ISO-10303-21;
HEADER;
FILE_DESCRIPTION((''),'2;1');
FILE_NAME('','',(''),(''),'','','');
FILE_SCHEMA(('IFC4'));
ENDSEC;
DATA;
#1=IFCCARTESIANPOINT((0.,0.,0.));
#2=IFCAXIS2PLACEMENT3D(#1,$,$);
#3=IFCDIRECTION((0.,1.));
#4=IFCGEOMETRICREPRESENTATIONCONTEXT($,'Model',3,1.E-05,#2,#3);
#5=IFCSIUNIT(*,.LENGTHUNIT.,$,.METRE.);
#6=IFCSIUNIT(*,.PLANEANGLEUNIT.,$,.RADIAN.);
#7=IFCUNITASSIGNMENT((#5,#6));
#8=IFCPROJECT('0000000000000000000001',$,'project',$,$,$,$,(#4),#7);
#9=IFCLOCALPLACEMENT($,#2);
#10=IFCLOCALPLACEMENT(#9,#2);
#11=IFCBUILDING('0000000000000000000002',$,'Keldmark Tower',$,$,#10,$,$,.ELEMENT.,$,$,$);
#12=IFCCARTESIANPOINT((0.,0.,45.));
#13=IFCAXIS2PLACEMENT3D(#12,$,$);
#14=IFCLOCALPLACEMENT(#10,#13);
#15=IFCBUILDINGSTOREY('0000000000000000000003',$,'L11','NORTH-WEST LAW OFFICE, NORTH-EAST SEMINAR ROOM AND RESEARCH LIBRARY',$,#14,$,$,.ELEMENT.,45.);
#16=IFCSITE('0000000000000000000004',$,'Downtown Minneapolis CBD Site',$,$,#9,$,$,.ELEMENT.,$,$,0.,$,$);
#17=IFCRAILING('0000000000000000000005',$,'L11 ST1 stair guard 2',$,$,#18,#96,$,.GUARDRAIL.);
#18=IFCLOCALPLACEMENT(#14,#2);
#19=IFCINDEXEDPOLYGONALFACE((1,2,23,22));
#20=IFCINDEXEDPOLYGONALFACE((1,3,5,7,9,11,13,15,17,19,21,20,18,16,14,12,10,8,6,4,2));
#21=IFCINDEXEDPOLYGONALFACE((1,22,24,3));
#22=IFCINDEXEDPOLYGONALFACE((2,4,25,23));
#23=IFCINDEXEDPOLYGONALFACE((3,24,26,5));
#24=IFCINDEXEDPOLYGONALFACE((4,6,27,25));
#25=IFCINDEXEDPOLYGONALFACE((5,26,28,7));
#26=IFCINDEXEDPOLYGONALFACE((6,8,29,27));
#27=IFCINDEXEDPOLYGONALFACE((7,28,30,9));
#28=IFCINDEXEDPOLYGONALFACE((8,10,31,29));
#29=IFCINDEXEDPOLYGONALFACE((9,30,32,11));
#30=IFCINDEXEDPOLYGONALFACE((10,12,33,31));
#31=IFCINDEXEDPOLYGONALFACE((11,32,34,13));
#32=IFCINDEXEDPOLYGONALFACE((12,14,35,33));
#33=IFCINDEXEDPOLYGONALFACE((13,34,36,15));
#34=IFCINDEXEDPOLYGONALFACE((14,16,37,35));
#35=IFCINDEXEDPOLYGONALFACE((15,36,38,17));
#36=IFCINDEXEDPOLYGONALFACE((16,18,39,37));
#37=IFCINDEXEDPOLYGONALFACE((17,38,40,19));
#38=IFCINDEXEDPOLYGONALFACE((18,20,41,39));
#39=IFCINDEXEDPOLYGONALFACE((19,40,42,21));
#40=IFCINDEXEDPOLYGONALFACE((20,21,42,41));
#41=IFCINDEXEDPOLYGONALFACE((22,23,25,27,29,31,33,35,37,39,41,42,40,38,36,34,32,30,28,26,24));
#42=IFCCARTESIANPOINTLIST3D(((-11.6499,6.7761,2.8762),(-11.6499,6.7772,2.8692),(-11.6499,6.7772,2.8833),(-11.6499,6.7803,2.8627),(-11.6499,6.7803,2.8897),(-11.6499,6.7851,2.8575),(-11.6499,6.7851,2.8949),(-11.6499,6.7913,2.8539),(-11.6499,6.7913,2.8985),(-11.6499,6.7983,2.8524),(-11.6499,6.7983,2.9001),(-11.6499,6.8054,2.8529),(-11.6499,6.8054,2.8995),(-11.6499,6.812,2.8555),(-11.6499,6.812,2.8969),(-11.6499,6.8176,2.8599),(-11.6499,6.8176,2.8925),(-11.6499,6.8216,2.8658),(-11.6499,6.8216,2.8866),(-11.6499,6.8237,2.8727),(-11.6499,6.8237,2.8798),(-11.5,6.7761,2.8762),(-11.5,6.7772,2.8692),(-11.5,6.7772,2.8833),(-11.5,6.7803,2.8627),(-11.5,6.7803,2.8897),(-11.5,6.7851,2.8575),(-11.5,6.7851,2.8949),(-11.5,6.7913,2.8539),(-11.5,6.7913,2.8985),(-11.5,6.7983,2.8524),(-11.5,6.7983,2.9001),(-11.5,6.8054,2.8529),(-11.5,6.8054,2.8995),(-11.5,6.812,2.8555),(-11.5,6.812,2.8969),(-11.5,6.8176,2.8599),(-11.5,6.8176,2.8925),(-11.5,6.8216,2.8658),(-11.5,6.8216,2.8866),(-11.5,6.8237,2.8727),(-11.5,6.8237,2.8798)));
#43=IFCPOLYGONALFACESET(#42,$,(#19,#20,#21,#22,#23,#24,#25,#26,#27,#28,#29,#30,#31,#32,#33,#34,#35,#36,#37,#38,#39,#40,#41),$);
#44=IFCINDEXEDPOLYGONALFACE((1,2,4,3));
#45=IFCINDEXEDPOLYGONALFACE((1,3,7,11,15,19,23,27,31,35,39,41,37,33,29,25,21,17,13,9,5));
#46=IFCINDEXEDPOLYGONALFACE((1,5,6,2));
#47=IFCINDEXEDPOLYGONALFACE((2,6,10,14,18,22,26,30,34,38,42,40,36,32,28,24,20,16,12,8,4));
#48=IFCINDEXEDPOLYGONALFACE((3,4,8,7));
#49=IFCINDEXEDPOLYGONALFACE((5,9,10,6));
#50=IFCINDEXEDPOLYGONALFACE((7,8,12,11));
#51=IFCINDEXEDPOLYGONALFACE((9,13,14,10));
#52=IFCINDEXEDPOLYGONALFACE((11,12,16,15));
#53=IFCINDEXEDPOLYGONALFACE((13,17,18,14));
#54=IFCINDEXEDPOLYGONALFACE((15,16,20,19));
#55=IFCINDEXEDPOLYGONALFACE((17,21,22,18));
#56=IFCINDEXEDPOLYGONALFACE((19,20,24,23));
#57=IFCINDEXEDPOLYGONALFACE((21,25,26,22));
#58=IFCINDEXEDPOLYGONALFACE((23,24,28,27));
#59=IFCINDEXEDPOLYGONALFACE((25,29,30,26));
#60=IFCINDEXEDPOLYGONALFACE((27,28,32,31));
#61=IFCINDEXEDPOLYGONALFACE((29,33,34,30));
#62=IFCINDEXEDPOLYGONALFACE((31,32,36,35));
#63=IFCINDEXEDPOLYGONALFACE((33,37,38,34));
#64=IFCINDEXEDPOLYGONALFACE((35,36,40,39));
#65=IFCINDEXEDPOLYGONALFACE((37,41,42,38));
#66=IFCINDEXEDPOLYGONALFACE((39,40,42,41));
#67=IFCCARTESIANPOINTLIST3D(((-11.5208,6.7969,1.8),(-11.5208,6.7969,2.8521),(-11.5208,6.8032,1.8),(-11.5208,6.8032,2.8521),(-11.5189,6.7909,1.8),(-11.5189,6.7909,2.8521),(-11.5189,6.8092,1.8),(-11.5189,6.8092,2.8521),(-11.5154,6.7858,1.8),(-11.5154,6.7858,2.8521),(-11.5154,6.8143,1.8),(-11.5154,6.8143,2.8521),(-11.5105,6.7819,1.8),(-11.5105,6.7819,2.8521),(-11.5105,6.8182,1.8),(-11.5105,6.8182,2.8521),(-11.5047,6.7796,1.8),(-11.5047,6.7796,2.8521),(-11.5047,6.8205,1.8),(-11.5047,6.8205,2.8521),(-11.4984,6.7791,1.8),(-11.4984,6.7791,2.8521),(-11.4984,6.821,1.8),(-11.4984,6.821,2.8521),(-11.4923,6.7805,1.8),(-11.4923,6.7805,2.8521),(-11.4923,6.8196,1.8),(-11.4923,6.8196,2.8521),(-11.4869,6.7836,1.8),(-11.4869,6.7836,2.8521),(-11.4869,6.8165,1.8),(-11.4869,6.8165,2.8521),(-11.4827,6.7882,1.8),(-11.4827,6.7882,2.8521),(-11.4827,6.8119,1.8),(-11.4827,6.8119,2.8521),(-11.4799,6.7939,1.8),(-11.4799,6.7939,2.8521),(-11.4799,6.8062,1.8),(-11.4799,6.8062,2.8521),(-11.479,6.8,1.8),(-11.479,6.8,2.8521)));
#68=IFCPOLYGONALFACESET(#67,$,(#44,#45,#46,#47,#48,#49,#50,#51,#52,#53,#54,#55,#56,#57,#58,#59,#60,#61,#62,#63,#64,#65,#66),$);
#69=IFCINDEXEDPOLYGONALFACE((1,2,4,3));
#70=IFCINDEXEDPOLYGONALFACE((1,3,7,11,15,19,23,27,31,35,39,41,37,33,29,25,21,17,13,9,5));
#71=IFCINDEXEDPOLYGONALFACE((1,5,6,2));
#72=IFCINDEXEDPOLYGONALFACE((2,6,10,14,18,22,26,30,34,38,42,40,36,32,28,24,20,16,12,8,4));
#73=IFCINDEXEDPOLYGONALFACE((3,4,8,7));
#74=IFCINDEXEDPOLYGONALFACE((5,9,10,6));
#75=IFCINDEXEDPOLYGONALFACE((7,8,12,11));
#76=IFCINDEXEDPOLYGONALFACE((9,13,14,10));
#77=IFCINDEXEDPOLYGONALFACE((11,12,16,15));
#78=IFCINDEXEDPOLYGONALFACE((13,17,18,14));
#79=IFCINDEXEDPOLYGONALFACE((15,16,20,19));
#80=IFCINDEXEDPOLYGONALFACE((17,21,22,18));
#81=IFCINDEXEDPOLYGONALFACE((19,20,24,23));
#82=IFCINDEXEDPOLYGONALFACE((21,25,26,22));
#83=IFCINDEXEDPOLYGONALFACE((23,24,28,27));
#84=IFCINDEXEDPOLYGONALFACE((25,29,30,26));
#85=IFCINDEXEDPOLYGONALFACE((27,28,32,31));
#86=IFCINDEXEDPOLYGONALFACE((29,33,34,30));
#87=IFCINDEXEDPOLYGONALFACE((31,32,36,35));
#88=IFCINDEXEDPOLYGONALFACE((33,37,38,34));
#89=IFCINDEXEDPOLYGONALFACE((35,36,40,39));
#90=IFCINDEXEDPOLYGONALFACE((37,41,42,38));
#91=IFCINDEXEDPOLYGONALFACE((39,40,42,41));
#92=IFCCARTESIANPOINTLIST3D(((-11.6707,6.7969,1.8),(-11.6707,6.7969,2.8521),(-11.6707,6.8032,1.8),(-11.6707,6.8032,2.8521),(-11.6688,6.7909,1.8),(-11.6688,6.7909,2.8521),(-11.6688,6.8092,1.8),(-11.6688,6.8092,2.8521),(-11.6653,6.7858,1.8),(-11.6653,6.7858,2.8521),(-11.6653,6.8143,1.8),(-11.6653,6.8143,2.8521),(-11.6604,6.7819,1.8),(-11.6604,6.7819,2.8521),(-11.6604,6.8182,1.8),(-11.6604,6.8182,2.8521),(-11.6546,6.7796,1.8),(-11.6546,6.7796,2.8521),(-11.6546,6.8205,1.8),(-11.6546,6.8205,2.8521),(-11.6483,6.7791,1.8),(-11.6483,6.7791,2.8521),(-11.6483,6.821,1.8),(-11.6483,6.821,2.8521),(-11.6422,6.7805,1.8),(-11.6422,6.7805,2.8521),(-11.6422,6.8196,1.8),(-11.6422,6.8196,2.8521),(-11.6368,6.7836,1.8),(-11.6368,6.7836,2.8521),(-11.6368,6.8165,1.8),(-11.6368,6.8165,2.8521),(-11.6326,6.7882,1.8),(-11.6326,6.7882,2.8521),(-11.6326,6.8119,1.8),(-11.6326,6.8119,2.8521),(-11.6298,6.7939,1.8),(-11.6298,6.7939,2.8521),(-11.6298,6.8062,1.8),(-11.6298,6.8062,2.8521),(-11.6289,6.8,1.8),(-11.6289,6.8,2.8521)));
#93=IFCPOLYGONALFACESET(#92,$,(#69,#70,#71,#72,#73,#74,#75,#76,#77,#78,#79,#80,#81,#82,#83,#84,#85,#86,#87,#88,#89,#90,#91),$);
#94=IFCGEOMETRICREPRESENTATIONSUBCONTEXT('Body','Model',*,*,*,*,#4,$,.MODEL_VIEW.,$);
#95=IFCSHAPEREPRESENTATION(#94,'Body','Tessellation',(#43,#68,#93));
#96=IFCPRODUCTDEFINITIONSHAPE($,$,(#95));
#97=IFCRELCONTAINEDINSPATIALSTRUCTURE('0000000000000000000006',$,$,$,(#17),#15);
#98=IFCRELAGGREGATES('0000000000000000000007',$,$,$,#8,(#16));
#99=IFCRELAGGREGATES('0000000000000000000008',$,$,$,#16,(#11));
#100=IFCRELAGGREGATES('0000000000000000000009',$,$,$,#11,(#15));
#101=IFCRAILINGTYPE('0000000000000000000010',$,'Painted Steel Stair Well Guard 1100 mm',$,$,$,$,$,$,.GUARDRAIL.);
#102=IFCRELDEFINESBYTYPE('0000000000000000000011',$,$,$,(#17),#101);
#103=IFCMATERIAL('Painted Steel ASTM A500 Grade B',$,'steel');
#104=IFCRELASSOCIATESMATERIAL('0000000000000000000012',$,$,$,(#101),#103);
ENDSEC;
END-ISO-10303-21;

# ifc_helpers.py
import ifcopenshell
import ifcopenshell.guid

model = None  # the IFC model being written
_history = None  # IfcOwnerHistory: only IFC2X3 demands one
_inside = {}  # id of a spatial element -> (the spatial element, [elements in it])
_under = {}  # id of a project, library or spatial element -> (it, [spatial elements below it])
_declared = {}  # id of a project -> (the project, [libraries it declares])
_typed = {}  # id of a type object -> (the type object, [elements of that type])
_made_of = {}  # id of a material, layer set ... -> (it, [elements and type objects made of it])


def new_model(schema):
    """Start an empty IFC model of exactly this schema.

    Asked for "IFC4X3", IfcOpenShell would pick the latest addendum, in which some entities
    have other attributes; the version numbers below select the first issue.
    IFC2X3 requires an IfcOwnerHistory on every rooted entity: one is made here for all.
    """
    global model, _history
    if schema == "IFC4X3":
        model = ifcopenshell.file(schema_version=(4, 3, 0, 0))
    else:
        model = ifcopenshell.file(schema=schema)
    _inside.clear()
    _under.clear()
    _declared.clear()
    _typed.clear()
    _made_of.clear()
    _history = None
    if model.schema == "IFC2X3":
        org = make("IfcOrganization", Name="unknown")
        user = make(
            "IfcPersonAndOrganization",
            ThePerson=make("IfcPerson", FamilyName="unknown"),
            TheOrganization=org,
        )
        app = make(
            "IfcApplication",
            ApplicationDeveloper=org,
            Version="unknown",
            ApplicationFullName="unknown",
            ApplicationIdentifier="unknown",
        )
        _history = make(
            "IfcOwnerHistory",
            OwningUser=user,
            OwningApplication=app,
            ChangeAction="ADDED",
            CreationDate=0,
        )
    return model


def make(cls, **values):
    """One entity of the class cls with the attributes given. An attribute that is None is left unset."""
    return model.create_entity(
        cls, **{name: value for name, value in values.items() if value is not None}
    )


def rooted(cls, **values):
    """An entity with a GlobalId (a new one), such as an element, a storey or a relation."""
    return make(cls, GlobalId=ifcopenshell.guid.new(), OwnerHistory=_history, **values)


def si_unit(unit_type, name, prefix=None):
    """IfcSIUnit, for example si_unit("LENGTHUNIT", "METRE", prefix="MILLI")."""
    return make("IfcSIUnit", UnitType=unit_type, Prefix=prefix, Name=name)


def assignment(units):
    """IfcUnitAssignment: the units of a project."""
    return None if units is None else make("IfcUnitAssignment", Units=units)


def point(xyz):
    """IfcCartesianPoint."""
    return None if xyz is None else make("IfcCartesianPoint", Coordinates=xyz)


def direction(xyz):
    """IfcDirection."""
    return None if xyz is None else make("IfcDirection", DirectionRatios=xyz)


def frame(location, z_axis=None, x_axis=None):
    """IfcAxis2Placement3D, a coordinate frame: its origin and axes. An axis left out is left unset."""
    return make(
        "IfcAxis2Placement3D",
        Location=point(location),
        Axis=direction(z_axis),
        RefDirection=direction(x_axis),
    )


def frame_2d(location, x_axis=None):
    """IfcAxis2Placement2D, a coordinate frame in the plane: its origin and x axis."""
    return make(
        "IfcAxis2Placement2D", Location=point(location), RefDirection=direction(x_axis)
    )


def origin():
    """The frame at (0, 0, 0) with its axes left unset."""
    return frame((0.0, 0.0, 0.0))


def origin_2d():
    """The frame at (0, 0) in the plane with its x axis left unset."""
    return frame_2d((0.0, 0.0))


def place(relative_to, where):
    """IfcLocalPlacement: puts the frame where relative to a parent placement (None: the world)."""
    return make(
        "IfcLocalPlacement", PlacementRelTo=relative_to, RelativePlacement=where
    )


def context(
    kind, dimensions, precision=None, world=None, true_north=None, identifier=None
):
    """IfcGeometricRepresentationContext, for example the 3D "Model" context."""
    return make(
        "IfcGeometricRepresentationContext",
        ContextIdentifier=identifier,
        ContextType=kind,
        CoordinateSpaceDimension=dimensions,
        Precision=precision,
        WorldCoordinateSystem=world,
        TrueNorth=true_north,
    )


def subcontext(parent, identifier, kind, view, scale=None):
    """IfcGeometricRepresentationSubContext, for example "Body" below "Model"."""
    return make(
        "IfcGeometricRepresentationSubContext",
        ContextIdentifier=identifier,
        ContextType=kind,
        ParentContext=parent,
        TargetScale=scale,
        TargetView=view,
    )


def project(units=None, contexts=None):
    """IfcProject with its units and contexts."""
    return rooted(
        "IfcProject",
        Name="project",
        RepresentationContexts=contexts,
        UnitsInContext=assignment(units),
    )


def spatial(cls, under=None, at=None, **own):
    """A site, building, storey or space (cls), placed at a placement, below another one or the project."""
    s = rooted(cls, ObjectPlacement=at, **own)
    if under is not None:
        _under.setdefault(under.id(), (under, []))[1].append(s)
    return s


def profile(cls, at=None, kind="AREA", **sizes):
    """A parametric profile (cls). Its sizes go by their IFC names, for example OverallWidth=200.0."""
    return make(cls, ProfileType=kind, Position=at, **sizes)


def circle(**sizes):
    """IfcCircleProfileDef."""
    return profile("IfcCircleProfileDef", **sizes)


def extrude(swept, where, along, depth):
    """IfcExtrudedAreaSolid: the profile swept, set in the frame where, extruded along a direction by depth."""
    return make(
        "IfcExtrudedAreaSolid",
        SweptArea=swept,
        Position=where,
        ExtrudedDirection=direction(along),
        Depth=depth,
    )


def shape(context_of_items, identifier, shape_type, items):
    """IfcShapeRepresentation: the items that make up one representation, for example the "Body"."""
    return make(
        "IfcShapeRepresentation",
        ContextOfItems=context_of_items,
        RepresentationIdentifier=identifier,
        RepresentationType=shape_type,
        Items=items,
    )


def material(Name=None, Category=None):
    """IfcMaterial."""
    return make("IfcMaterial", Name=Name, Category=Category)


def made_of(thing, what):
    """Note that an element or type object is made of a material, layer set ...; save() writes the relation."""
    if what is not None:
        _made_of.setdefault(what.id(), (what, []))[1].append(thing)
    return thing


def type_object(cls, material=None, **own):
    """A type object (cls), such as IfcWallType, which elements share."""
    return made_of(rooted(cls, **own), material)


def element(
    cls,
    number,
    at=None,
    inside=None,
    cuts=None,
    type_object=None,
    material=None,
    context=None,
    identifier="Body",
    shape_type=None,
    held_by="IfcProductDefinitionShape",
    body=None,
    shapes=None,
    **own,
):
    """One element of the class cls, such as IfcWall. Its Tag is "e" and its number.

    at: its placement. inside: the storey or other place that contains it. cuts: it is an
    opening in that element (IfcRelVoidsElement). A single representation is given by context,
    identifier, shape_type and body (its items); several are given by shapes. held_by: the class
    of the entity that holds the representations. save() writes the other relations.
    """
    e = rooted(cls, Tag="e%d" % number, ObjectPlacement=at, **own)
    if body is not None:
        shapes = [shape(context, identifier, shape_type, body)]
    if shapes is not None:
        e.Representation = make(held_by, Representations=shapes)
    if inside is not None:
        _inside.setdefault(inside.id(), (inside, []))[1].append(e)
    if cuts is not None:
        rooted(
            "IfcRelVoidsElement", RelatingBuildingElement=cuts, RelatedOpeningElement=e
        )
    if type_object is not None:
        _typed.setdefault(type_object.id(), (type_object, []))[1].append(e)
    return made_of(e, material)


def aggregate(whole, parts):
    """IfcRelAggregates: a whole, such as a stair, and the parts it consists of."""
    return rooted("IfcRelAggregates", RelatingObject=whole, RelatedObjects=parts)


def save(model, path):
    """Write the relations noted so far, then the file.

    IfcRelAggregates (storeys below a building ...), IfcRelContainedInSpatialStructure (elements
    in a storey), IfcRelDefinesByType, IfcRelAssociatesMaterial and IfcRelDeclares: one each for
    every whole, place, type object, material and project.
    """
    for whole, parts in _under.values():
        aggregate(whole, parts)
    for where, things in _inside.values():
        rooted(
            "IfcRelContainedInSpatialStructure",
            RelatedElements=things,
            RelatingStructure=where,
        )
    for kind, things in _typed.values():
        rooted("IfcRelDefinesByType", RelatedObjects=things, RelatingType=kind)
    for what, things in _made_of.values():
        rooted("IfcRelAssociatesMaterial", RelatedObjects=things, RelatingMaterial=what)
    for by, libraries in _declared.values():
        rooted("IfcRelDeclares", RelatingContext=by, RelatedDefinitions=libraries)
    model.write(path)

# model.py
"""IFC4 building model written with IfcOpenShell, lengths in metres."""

from ifc_helpers import new_model, si_unit, direction, frame, origin, origin_2d, place, context, subcontext, project, spatial, circle, extrude, material, type_object, element, save


model = new_model("IFC4")

# Units and contexts
model_context = context("Model", 3, precision=1e-05, world=origin(), true_north=direction((0.0, 1.0)))
body_context = subcontext(model_context, "Body", "Model", "MODEL_VIEW")
ifc_project = project(units=[si_unit("LENGTHUNIT", "METRE"), si_unit("PLANEANGLEUNIT", "RADIAN")], contexts=[model_context])

# Site, building, storey
site_placement = place(None, origin())
site = spatial("IfcSite", under=ifc_project, at=site_placement, Name="Downtown Minneapolis CBD Site", CompositionType="ELEMENT", RefElevation=0.0)
building_placement = place(site_placement, origin())
building = spatial("IfcBuilding", under=site, at=building_placement, Name="Keldmark Tower", CompositionType="ELEMENT")
storey_placement = place(building_placement, frame((0.0, 0.0, 45.0)))
storey = spatial("IfcBuildingStorey", under=building, at=storey_placement, Name="L11", Description="NORTH-WEST LAW OFFICE, NORTH-EAST SEMINAR ROOM AND RESEARCH LIBRARY", CompositionType="ELEMENT", Elevation=45.0)

# Railing
ifc_material_1 = material(Name="Painted Steel ASTM A500 Grade B", Category="steel")
railing_type_1 = type_object("IfcRailingType", Name="Painted Steel Stair Well Guard 1100 mm", PredefinedType="GUARDRAIL", material=ifc_material_1)
railing_1_placement = place(storey_placement, frame((-11.5, 6.8, 1.8)))
element("IfcRailing", 1, at=railing_1_placement, inside=storey, type_object=railing_type_1, Name="L11 ST1 stair guard 2", PredefinedType="GUARDRAIL", context=body_context, shape_type="SweptSolid", body=[
    extrude(circle(Radius=0.0239, at=origin_2d()), frame((0.0, 0.0, 1.0762), z_axis=(-1.0, 0.0, 0.0), x_axis=(0.0, -1.0, 0.0)), (0.0, 0.0, 1.0), 0.1499),
    extrude(circle(Radius=0.021, at=origin_2d()), origin(), (0.0, 0.0, 1.0), 1.052),
    extrude(circle(Radius=0.021, at=origin_2d()), frame((-0.1499, 0.0, 0.0)), (0.0, 0.0, 1.0), 1.052),
])

save(model, "model.ifc")
